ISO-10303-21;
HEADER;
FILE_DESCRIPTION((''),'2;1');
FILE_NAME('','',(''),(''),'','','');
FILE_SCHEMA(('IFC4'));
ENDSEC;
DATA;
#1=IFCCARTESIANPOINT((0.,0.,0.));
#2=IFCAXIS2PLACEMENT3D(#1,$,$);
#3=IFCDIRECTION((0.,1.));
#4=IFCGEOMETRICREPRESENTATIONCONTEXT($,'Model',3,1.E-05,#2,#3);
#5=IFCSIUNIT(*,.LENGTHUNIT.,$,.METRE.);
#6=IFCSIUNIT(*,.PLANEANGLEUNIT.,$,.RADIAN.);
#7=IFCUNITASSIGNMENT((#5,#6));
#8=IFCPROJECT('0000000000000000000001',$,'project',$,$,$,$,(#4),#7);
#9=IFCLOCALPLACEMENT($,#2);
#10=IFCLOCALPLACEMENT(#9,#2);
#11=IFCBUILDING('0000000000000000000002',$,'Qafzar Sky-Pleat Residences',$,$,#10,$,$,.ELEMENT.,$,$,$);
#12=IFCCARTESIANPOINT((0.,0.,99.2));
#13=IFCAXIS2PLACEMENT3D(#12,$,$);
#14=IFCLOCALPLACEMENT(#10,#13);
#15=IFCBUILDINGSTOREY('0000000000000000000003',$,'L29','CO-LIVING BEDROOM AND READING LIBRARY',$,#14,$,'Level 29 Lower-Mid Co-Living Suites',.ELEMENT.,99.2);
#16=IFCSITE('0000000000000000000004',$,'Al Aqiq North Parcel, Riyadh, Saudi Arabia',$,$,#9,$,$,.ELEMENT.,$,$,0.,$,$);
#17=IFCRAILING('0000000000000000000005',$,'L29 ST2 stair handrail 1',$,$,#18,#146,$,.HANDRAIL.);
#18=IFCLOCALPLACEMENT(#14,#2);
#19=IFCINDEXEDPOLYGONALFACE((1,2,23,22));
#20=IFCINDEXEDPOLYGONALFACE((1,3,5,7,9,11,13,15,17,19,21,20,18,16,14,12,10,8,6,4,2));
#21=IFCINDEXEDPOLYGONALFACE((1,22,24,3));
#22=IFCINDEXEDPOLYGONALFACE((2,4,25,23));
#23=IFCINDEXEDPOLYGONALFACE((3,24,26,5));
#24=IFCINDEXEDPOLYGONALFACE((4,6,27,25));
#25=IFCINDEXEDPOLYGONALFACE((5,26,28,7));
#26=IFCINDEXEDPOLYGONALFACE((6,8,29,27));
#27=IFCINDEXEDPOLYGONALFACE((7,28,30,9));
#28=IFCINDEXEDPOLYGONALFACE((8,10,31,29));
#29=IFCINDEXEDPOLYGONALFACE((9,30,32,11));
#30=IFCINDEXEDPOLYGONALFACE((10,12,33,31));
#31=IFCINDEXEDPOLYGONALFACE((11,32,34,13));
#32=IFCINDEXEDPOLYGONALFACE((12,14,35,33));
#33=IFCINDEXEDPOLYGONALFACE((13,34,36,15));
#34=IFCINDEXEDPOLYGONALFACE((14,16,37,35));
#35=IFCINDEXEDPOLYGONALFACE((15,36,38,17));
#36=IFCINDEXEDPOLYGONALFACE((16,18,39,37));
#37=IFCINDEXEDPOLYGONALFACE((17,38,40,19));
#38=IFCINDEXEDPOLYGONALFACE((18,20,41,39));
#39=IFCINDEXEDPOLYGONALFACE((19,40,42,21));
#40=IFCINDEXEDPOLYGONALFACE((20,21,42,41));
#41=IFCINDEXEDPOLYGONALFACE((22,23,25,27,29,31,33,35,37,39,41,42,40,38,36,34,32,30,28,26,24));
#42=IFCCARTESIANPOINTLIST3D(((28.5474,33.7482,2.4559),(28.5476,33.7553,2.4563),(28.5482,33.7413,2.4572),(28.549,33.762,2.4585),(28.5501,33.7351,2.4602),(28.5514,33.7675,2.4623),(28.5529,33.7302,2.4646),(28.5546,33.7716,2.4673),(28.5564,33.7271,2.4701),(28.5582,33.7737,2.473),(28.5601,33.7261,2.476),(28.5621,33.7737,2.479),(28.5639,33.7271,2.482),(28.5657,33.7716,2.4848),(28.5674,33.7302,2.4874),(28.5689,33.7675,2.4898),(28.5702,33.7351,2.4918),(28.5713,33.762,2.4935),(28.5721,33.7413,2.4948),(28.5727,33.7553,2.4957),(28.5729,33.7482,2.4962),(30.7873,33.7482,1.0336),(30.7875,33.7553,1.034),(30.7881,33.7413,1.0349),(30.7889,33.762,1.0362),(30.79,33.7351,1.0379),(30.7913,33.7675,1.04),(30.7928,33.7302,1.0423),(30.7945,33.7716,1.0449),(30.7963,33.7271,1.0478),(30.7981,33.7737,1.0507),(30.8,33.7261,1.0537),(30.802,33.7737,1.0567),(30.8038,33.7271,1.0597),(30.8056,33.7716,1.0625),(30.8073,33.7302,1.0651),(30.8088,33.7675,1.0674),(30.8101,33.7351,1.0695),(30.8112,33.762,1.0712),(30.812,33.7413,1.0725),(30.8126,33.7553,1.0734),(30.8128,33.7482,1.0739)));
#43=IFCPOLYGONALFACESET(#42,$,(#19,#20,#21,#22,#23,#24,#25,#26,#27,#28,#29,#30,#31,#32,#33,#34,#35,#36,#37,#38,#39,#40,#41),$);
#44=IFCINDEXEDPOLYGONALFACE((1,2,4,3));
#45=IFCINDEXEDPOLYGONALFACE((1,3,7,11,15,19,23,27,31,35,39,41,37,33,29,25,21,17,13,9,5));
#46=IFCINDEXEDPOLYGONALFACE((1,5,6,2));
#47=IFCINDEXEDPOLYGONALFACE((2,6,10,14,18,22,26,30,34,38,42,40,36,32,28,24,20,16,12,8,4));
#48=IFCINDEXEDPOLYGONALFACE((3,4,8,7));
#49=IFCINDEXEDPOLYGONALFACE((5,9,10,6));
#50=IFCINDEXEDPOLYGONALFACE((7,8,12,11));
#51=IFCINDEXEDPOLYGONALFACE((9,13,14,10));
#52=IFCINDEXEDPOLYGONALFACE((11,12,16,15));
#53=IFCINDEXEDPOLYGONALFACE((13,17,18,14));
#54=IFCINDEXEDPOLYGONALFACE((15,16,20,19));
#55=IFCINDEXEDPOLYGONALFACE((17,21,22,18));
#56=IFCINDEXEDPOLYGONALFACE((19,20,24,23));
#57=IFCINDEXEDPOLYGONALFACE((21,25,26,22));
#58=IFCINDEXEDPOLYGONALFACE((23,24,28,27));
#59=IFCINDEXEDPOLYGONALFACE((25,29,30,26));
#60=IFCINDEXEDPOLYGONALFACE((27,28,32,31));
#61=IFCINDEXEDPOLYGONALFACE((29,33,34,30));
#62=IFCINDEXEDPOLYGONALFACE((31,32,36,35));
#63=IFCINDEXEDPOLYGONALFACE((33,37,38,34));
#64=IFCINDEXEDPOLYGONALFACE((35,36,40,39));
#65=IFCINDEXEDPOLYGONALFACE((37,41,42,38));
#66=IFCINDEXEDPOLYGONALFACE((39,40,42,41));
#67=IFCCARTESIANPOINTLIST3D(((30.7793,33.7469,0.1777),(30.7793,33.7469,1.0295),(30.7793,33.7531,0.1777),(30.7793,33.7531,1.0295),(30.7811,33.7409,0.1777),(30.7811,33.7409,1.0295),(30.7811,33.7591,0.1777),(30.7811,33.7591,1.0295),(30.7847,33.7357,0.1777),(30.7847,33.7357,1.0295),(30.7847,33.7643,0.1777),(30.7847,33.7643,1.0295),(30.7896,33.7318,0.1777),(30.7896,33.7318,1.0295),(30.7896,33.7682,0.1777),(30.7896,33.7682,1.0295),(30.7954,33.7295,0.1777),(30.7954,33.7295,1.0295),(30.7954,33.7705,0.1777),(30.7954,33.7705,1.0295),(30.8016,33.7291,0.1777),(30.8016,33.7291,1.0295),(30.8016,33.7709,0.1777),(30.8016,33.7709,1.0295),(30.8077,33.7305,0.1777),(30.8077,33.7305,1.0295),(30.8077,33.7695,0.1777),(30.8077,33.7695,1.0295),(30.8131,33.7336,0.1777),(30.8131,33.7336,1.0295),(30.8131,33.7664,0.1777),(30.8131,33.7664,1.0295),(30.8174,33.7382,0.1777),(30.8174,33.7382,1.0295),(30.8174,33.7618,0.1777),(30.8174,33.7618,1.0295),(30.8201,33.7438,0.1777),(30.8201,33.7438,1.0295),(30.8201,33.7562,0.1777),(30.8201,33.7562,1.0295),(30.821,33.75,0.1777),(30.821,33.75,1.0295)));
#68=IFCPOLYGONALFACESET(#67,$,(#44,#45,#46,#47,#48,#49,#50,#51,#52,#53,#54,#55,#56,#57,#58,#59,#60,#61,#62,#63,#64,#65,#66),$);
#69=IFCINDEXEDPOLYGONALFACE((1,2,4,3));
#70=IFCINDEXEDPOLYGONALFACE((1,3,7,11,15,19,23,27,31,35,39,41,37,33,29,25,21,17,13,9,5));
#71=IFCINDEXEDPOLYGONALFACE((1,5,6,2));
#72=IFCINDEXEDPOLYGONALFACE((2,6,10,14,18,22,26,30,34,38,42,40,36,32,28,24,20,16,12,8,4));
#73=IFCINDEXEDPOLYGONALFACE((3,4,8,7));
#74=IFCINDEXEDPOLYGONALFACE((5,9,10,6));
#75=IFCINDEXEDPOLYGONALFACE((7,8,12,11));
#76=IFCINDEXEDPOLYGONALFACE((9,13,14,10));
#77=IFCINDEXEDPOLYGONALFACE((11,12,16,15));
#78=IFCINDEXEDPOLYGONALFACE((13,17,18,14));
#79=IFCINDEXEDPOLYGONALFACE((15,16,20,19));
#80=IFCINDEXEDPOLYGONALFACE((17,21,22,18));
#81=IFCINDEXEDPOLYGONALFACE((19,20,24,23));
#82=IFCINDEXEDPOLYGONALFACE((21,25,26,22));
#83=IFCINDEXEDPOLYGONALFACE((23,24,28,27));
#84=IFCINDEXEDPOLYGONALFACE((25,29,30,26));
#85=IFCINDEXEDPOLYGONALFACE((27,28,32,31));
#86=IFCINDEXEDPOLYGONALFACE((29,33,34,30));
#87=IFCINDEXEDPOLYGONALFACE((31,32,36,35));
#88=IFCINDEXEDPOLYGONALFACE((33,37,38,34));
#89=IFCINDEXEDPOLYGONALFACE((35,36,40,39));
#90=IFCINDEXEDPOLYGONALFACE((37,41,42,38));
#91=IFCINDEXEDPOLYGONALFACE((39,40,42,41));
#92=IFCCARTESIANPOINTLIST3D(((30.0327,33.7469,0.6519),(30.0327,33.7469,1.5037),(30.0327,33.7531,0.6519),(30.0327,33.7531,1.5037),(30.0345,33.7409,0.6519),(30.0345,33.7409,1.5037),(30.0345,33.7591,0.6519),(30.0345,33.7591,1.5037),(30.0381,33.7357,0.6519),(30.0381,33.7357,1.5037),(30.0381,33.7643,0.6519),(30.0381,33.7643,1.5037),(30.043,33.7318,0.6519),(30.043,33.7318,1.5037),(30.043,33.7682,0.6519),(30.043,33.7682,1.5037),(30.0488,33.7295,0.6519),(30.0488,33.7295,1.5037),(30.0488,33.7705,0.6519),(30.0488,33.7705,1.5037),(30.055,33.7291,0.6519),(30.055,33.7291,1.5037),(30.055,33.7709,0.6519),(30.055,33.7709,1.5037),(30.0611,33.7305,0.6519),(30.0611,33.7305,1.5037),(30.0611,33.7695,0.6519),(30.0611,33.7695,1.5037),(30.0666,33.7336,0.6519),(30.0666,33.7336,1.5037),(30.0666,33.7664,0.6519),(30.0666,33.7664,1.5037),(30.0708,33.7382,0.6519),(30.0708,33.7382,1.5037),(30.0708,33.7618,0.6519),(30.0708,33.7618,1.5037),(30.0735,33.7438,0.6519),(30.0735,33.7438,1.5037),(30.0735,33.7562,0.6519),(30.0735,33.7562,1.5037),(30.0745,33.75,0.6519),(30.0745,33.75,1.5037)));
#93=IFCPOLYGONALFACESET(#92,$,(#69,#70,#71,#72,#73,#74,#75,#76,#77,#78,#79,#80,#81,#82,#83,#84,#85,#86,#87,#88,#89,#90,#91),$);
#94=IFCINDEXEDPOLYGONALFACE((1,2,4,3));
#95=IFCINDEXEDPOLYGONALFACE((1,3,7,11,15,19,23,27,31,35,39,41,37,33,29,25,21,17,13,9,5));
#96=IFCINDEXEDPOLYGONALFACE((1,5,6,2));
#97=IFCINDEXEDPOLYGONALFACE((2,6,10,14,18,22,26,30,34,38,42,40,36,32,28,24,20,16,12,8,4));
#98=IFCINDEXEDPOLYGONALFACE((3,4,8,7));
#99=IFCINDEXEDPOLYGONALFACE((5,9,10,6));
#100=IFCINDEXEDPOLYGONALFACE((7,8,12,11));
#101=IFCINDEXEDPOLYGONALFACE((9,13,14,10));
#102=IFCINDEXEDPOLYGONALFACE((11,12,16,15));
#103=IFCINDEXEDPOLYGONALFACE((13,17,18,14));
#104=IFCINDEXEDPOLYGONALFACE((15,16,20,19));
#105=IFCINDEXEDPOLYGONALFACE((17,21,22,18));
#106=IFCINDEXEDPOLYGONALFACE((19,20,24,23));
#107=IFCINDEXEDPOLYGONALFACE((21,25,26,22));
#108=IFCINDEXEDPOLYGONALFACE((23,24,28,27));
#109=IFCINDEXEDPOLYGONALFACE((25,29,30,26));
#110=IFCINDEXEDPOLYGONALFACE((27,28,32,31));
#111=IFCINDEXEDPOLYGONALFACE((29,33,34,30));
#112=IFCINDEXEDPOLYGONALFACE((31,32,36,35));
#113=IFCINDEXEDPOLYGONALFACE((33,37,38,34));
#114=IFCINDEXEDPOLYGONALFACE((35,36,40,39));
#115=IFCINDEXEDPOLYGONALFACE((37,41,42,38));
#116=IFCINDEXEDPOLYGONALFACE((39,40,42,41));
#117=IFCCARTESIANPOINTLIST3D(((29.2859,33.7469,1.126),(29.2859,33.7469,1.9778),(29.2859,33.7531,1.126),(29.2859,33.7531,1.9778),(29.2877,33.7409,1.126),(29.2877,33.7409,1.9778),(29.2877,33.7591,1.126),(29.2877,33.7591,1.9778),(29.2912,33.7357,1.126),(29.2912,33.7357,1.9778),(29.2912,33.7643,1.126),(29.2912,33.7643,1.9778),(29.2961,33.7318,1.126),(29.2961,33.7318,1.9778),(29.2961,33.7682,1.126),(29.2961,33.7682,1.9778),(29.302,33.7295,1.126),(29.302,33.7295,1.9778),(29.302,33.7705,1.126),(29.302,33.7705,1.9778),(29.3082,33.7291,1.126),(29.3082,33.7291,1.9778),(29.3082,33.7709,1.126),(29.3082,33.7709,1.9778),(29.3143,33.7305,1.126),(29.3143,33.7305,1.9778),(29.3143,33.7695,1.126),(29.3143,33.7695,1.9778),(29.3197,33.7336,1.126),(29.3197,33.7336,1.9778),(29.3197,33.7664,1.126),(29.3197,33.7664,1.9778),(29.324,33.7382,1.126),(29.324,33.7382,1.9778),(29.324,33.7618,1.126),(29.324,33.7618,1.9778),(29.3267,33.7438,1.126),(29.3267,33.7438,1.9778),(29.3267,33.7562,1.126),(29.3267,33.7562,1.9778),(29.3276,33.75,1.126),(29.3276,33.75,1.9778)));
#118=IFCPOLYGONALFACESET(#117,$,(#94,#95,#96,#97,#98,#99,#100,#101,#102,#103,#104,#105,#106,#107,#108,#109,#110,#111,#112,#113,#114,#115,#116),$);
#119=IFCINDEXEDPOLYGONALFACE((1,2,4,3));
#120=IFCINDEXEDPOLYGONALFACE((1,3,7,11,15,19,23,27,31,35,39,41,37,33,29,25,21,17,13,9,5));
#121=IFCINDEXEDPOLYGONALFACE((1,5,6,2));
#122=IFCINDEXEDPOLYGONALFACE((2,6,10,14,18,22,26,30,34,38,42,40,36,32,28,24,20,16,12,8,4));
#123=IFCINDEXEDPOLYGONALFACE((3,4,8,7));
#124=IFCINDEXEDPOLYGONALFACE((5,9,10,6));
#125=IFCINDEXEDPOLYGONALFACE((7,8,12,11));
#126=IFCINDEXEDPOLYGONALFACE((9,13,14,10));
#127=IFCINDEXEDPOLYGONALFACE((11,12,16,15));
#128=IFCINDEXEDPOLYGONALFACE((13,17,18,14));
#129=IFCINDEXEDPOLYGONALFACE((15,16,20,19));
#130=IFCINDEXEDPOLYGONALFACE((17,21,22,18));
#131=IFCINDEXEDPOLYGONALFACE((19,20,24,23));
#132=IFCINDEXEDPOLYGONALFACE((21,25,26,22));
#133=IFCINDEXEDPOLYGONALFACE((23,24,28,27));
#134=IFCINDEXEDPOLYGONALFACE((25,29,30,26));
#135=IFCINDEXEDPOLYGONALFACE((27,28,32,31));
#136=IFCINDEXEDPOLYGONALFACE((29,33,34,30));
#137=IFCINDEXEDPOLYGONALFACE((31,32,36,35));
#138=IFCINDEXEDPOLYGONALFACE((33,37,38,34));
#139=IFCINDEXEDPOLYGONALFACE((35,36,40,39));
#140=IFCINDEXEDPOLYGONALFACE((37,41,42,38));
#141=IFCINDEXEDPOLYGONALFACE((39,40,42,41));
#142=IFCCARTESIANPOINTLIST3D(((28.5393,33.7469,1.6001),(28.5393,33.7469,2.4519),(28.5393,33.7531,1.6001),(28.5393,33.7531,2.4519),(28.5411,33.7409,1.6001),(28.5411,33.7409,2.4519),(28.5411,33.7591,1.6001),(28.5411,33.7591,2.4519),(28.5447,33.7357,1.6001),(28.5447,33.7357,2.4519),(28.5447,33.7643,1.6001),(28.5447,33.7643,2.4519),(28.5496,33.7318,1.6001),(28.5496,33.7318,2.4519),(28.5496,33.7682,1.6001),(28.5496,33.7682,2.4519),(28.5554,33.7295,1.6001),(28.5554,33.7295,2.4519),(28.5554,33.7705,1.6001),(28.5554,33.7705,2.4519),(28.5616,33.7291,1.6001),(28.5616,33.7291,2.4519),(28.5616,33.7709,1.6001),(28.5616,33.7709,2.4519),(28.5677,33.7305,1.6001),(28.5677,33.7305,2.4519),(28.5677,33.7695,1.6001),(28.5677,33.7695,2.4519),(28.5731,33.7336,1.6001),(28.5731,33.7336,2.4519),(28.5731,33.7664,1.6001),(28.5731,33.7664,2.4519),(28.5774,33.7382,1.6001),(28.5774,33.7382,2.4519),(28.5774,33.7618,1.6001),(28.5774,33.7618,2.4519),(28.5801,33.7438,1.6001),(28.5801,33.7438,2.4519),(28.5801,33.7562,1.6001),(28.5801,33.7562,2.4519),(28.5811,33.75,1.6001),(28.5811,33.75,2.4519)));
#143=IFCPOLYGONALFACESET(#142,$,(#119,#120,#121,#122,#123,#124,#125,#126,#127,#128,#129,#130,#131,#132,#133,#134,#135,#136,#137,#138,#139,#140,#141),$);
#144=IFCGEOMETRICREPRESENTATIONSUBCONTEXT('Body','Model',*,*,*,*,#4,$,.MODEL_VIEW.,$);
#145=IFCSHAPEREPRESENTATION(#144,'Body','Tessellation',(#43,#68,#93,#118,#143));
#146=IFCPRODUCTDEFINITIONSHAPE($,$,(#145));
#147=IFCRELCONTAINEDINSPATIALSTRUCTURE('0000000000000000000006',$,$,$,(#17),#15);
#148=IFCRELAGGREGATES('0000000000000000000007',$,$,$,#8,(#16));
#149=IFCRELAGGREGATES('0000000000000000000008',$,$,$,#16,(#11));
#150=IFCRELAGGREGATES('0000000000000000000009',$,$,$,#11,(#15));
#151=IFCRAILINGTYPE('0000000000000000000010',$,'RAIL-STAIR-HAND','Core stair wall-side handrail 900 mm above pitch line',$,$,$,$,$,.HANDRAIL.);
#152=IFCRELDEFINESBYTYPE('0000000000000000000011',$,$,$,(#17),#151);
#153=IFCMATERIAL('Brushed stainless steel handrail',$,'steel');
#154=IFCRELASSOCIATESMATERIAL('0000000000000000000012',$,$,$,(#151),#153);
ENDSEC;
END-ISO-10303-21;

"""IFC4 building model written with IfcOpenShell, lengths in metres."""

from ifc_helpers import new_model, si_unit, direction, frame, origin, origin_2d, place, context, subcontext, project, spatial, circle, extrude, source, transform, mapped, material, type_object, element, save


model = new_model("IFC4")

# Units and contexts
model_context = context("Model", 3, precision=1e-05, world=origin(), true_north=direction((0.0, 1.0)))
body_context = subcontext(model_context, "Body", "Model", "MODEL_VIEW")
ifc_project = project(units=[si_unit("LENGTHUNIT", "METRE"), si_unit("PLANEANGLEUNIT", "RADIAN")], contexts=[model_context])

# Site, building, storey
site_placement = place(None, origin())
site = spatial("IfcSite", under=ifc_project, at=site_placement, Name="Al Aqiq North Parcel, Riyadh, Saudi Arabia", CompositionType="ELEMENT", RefElevation=0.0)
building_placement = place(site_placement, origin())
building = spatial("IfcBuilding", under=site, at=building_placement, Name="Qafzar Sky-Pleat Residences", CompositionType="ELEMENT")
storey_placement = place(building_placement, frame((0.0, 0.0, 99.2)))
storey = spatial("IfcBuildingStorey", under=building, at=storey_placement, Name="L29", Description="CO-LIVING BEDROOM AND READING LIBRARY", LongName="Level 29 Lower-Mid Co-Living Suites", CompositionType="ELEMENT", Elevation=99.2)

# Railing
ifc_material_1 = material(Name="Brushed stainless steel handrail", Category="steel")
railing_type_1 = type_object("IfcRailingType", Name="RAIL-STAIR-HAND", Description="Core stair wall-side handrail 900 mm above pitch line", PredefinedType="HANDRAIL", material=ifc_material_1)
shared_shape_1 = source(origin(), body_context, "Body", "SweptSolid", [
    extrude(circle(Radius=0.0239, at=origin_2d()), frame((0.0, 0.0, 0.876), z_axis=(-0.844188, 0.0, 0.536048), x_axis=(0.0, -1.0, 0.0)), (0.0, 0.0, 1.0), 2.6533),
    extrude(circle(Radius=0.021, at=origin_2d()), origin(), (0.0, 0.0, 1.0), 0.8518),
    extrude(circle(Radius=0.021, at=origin_2d()), frame((-0.7466, 0.0, 0.4741)), (0.0, 0.0, 1.0), 0.8518),
    extrude(circle(Radius=0.021, at=origin_2d()), frame((-1.4934, 0.0, 0.9482)), (0.0, 0.0, 1.0), 0.8518),
    extrude(circle(Radius=0.021, at=origin_2d()), frame((-2.24, 0.0, 1.4224)), (0.0, 0.0, 1.0), 0.8518),
])
railing_1_placement = place(storey_placement, frame((30.8, 33.75, 0.1777)))
element("IfcRailing", 1, at=railing_1_placement, inside=storey, type_object=railing_type_1, Name="L29 ST2 stair handrail 1", PredefinedType="HANDRAIL", context=body_context, shape_type="MappedRepresentation", body=[
    mapped(shared_shape_1, transform((0.0, 0.0, 0.0), x_axis=(1.0, 0.0, 0.0), y_axis=(0.0, 1.0, 0.0), z_axis=(0.0, 0.0, 1.0), scale=1.0)),
])

save(model, "model.ifc")
